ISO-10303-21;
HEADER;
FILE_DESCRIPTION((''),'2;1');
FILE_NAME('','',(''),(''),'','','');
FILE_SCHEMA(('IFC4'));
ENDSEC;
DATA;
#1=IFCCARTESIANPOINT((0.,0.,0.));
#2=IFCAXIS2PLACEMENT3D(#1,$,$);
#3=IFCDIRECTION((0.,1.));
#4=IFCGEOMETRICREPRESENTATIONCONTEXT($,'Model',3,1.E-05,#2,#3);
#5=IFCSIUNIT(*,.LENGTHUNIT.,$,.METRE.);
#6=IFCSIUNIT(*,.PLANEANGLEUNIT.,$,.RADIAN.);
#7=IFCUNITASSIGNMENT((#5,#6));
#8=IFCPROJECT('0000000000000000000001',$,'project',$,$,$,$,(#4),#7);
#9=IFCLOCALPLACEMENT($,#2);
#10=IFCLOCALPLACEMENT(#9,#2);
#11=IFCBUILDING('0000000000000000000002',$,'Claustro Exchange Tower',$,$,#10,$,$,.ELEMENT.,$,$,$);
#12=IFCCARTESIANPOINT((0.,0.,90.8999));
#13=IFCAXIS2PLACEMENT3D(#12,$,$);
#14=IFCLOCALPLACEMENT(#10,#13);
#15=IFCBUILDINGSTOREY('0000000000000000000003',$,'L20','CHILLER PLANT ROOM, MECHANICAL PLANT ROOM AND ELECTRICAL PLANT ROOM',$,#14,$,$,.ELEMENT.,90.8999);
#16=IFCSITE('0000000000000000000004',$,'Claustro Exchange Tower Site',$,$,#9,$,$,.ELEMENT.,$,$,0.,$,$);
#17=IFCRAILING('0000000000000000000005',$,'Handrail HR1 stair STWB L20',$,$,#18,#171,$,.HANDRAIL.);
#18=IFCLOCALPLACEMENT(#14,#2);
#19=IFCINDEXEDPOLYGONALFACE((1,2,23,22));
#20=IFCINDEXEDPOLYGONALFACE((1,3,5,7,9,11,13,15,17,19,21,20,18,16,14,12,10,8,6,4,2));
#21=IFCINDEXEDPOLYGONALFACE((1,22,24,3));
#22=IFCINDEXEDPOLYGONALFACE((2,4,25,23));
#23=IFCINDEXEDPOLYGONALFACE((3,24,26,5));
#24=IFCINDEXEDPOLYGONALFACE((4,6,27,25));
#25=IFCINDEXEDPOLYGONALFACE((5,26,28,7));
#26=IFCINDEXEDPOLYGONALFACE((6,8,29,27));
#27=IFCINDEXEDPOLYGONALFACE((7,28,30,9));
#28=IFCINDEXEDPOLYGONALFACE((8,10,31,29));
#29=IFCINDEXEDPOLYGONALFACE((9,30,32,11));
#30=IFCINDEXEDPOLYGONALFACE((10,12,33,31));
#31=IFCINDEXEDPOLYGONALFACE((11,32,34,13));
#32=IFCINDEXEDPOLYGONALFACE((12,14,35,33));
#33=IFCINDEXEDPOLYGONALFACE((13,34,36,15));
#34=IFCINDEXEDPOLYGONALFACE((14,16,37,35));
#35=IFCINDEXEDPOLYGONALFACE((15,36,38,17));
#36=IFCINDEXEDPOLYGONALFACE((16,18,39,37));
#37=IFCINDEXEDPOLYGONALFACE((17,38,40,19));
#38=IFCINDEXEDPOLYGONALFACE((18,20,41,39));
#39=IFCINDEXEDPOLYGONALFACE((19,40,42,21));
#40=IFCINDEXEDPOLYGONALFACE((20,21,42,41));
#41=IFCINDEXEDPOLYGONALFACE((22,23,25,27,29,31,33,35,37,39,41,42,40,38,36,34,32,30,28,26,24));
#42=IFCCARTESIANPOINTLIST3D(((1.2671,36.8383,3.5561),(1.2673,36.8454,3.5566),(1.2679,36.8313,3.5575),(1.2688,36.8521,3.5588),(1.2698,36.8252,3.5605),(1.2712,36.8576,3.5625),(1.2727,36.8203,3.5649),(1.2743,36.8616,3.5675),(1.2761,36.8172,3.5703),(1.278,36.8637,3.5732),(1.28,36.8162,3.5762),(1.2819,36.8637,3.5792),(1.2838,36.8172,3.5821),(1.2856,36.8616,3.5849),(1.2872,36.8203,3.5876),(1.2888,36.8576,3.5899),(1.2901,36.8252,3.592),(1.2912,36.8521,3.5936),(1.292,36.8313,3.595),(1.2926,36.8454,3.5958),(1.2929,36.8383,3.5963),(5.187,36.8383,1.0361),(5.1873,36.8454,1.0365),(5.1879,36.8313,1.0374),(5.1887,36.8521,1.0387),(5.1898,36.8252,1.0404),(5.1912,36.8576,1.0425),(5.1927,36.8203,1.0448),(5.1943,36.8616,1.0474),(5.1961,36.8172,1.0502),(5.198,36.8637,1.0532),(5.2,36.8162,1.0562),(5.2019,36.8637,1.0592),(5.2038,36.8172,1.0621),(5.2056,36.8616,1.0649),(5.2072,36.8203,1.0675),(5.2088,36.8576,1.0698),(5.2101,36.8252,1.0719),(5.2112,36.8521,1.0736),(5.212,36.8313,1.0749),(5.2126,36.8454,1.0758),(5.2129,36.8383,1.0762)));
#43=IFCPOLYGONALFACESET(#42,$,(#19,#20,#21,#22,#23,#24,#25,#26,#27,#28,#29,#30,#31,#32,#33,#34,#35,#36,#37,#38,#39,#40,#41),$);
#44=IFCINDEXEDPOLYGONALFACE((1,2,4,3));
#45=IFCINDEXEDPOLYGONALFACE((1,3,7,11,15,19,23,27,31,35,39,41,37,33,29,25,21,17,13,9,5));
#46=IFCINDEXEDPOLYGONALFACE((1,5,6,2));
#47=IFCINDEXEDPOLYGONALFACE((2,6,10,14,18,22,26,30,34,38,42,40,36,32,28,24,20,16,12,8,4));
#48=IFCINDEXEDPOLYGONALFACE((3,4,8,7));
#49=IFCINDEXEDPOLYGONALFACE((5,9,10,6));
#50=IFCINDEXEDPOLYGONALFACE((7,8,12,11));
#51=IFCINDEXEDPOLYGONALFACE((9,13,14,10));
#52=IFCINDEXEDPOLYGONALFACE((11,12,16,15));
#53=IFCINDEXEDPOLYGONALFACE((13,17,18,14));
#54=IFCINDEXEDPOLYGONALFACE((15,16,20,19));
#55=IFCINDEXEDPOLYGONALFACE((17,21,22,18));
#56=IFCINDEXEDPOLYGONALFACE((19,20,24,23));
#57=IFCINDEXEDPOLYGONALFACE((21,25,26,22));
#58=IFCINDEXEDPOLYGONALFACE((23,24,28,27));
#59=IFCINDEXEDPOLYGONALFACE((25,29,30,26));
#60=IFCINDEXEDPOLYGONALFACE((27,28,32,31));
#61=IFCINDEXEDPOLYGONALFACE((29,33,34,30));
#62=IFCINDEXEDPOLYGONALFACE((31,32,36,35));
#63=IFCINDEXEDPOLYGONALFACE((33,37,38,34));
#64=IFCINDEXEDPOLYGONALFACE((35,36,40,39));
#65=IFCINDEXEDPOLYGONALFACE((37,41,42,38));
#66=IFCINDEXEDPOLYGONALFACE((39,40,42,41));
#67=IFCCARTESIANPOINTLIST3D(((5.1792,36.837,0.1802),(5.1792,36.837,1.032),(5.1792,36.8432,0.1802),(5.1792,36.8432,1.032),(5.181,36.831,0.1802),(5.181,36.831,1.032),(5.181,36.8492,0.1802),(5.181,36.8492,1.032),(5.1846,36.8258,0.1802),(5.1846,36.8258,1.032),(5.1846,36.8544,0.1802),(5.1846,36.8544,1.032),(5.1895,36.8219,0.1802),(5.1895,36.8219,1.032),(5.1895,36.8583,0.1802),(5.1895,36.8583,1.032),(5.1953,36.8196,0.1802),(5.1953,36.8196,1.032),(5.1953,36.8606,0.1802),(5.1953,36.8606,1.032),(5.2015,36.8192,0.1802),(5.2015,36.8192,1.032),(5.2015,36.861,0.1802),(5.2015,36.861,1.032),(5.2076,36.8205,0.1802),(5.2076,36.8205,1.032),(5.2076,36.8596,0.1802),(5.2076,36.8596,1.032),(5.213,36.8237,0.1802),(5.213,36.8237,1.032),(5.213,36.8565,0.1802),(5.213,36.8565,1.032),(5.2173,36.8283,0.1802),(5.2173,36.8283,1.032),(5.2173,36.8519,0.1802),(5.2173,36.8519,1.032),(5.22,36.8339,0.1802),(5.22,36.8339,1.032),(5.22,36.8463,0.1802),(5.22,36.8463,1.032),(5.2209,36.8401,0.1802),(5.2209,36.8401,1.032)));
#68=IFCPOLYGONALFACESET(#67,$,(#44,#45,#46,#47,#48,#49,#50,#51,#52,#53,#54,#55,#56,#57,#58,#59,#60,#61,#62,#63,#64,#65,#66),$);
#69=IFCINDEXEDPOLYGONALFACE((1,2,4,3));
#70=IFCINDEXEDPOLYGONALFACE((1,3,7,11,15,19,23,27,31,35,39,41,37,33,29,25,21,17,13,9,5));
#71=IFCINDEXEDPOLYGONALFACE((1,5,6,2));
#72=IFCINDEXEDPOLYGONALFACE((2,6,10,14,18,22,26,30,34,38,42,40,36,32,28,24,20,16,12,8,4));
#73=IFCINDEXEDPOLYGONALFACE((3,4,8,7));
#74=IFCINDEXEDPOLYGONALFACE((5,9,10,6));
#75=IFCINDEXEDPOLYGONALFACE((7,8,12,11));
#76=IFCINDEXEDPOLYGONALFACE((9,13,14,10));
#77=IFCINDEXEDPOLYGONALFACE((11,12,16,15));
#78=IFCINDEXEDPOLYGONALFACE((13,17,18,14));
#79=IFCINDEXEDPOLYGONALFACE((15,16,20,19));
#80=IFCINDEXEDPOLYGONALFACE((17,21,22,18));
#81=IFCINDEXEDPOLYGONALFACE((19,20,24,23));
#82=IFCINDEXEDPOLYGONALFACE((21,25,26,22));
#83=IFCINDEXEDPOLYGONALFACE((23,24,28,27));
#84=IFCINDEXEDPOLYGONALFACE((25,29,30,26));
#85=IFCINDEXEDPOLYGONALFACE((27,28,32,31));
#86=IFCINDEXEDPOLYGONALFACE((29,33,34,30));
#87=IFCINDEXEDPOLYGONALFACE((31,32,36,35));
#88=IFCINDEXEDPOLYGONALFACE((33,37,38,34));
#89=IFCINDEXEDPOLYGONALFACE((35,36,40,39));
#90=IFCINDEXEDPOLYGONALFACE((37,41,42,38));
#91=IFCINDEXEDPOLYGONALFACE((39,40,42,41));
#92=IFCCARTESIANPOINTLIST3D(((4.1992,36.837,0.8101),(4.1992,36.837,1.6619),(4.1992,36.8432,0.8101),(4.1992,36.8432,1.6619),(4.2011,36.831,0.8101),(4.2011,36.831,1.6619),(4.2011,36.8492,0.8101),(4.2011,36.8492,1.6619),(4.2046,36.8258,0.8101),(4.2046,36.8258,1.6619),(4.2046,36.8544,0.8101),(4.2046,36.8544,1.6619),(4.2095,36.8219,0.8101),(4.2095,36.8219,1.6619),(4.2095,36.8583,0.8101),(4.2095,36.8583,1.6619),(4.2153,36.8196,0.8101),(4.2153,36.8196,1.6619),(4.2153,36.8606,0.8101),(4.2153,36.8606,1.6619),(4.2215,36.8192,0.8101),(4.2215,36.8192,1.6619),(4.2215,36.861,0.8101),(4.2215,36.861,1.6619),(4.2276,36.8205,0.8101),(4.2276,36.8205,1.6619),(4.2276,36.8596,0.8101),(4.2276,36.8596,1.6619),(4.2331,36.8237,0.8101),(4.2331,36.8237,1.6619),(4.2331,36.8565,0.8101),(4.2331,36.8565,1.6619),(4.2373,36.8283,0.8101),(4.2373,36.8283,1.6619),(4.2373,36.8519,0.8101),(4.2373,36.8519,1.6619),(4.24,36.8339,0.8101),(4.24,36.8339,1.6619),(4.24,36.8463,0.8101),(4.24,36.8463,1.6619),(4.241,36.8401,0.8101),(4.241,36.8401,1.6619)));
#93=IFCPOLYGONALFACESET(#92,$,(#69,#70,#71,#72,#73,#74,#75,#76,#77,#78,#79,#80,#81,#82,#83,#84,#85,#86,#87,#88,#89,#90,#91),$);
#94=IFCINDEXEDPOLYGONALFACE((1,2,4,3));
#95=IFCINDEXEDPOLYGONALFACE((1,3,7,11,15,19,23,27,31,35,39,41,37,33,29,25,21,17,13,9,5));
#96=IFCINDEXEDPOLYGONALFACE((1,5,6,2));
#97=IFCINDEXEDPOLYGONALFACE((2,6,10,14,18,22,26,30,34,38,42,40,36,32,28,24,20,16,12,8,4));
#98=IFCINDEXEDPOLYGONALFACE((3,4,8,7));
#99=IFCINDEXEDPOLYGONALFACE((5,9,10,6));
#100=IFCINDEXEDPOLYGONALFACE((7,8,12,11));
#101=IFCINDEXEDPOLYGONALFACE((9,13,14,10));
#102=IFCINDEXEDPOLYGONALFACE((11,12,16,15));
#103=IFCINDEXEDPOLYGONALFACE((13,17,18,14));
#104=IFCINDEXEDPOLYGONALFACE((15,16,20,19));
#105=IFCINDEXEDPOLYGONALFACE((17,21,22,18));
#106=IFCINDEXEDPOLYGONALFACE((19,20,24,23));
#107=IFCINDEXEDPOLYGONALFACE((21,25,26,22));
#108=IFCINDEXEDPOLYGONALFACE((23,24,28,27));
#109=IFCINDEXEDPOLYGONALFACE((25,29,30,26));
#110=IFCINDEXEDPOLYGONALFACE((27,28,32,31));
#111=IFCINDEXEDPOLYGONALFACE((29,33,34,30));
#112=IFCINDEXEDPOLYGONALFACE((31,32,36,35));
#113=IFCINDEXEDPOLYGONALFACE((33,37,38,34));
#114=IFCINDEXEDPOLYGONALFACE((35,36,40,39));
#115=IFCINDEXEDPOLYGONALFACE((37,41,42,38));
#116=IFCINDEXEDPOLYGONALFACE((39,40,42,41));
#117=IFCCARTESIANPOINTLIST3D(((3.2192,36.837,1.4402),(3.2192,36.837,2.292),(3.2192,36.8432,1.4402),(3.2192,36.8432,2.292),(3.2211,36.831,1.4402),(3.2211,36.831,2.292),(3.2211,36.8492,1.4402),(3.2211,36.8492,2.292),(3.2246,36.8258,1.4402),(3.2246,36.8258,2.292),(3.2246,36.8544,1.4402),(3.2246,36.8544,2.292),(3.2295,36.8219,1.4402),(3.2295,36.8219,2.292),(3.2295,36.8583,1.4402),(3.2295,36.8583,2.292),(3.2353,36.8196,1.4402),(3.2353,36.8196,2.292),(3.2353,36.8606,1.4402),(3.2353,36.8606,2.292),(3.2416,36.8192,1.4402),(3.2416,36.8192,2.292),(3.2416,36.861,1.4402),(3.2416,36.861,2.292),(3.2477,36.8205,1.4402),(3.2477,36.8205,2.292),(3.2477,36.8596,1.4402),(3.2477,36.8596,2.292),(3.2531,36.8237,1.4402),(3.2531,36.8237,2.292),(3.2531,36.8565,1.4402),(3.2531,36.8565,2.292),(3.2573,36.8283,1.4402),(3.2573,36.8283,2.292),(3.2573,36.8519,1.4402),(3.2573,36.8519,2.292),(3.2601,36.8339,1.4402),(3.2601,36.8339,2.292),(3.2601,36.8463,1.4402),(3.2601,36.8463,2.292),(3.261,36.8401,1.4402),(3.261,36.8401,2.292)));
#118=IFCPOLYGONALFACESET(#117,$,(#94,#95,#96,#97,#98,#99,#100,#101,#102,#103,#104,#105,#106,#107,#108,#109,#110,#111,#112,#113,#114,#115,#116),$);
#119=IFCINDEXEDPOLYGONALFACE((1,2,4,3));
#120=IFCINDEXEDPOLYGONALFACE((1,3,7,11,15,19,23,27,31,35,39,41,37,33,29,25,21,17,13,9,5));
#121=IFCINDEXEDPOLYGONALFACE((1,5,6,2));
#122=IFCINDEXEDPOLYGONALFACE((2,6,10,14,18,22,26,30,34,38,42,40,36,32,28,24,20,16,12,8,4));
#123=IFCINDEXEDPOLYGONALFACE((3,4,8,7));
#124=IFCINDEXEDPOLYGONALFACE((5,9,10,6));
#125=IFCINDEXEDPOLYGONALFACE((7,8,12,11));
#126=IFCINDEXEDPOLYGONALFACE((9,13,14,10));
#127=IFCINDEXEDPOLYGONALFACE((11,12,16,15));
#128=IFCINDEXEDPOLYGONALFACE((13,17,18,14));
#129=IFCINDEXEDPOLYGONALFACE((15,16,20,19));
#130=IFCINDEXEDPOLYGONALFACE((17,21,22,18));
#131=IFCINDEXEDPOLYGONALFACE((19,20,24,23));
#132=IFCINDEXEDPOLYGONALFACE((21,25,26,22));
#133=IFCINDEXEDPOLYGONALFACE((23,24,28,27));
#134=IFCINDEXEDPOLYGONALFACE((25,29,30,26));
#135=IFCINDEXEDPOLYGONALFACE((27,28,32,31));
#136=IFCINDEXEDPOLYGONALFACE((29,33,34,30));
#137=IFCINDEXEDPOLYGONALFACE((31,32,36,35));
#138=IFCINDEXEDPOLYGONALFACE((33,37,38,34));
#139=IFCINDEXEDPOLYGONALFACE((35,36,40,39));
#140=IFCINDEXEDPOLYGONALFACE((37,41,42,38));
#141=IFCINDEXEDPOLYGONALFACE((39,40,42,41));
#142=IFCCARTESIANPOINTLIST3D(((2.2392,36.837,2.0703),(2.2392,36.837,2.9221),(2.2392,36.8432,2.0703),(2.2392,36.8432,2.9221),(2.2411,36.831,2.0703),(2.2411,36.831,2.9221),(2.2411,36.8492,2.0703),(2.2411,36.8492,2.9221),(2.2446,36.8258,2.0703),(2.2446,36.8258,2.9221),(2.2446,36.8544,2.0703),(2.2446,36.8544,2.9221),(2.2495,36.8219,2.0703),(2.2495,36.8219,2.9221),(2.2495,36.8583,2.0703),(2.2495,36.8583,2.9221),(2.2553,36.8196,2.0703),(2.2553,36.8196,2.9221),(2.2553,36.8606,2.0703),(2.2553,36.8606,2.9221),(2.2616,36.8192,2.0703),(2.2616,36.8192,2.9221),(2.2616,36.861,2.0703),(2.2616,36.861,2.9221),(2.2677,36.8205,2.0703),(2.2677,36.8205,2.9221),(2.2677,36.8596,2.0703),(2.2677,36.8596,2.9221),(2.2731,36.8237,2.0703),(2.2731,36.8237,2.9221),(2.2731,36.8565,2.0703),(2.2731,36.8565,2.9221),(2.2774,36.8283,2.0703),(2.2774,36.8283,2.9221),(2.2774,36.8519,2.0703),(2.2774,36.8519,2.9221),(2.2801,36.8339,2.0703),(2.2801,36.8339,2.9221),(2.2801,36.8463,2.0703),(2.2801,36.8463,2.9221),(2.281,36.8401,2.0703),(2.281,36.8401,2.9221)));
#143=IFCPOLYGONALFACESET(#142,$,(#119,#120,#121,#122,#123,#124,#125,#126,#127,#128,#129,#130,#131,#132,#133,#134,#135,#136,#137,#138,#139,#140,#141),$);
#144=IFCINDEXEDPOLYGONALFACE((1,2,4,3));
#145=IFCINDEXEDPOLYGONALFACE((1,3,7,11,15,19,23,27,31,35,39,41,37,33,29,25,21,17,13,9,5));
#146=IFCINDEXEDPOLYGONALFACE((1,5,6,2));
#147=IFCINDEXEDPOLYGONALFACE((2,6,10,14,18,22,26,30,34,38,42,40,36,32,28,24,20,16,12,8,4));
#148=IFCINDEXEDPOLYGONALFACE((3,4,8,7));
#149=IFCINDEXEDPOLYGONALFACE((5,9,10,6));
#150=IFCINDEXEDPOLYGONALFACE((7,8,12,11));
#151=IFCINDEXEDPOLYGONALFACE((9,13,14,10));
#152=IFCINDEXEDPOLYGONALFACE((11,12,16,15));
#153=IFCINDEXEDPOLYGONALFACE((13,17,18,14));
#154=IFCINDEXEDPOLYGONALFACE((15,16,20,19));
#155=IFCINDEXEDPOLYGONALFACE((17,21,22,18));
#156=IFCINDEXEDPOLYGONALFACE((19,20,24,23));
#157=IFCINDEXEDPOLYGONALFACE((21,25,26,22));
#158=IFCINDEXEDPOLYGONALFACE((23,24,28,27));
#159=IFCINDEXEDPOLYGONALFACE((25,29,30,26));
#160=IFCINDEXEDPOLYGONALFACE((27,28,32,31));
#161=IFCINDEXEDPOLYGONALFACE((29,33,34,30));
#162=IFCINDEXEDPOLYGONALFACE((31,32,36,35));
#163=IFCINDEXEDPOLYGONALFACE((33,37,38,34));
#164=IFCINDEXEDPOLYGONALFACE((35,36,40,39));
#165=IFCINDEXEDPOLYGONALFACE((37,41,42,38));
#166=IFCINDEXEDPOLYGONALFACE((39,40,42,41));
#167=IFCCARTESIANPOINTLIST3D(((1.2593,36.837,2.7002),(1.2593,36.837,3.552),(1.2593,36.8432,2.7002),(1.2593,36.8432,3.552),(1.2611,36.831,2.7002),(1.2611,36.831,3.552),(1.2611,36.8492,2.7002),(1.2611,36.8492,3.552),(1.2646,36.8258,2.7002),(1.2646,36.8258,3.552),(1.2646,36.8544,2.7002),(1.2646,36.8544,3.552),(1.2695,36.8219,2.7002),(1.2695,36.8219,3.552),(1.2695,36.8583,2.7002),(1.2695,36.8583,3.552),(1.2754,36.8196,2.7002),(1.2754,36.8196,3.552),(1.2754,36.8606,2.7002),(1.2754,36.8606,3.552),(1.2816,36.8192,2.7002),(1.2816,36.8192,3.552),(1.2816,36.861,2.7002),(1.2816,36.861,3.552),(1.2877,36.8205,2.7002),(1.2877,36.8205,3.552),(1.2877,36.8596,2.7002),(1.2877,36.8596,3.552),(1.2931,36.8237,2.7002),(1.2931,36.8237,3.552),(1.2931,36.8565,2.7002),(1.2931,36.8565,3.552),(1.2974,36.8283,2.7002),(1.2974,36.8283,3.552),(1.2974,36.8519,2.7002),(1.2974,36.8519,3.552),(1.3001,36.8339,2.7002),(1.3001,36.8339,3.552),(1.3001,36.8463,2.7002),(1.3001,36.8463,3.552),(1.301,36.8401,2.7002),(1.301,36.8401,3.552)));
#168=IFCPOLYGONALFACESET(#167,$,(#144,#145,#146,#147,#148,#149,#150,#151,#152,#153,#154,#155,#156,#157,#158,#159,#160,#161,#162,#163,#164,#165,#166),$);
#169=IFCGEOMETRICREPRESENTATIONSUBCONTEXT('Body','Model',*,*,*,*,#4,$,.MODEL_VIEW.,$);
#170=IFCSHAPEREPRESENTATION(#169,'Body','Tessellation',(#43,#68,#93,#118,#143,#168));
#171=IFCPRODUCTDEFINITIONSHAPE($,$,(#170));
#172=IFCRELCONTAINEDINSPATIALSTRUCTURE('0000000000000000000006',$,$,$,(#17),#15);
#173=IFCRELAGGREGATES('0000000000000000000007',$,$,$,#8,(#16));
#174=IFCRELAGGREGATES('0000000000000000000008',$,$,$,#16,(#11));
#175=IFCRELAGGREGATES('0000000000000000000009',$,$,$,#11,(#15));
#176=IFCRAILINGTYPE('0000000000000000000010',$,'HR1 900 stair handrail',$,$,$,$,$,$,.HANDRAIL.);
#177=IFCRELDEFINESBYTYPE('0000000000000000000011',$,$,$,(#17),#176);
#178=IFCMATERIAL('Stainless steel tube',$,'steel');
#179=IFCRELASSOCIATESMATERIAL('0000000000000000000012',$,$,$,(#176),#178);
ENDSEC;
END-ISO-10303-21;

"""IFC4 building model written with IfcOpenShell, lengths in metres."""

from ifc_helpers import new_model, si_unit, direction, frame, origin, origin_2d, place, context, subcontext, project, spatial, circle, extrude, material, type_object, element, save


model = new_model("IFC4")

# Units and contexts
model_context = context("Model", 3, precision=1e-05, world=origin(), true_north=direction((0.0, 1.0)))
body_context = subcontext(model_context, "Body", "Model", "MODEL_VIEW")
ifc_project = project(units=[si_unit("LENGTHUNIT", "METRE"), si_unit("PLANEANGLEUNIT", "RADIAN")], contexts=[model_context])

# Site, building, storey
site_placement = place(None, origin())
site = spatial("IfcSite", under=ifc_project, at=site_placement, Name="Claustro Exchange Tower Site", CompositionType="ELEMENT", RefElevation=0.0)
building_placement = place(site_placement, origin())
building = spatial("IfcBuilding", under=site, at=building_placement, Name="Claustro Exchange Tower", CompositionType="ELEMENT")
storey_placement = place(building_placement, frame((0.0, 0.0, 90.8999)))
storey = spatial("IfcBuildingStorey", under=building, at=storey_placement, Name="L20", Description="CHILLER PLANT ROOM, MECHANICAL PLANT ROOM AND ELECTRICAL PLANT ROOM", CompositionType="ELEMENT", Elevation=90.8999)

# Railing
ifc_material_1 = material(Name="Stainless steel tube", Category="steel")
railing_type = type_object("IfcRailingType", Name="HR1 900 stair handrail", PredefinedType="HANDRAIL", material=ifc_material_1)
railing_placement = place(storey_placement, frame((5.2, 36.8401, 0.1802)))
element("IfcRailing", 1, at=railing_placement, inside=storey, type_object=railing_type, Name="Handrail HR1 stair STWB L20", PredefinedType="HANDRAIL", context=body_context, shape_type="SweptSolid", body=[
    extrude(circle(Radius=0.0239, at=origin_2d()), frame((0.0, 0.0, 0.876), z_axis=(-0.841172, 0.0, 0.540768), x_axis=(0.0, -1.0, 0.0)), (0.0, 0.0, 1.0), 4.6602),
    extrude(circle(Radius=0.021, at=origin_2d()), origin(), (0.0, 0.0, 1.0), 0.8518),
    extrude(circle(Radius=0.021, at=origin_2d()), frame((-0.98, 0.0, 0.6299)), (0.0, 0.0, 1.0), 0.8518),
    extrude(circle(Radius=0.021, at=origin_2d()), frame((-1.96, 0.0, 1.26)), (0.0, 0.0, 1.0), 0.8518),
    extrude(circle(Radius=0.021, at=origin_2d()), frame((-2.9399, 0.0, 1.8901)), (0.0, 0.0, 1.0), 0.8518),
    extrude(circle(Radius=0.021, at=origin_2d()), frame((-3.9199, 0.0, 2.52)), (0.0, 0.0, 1.0), 0.8518),
])

save(model, "model.ifc")
